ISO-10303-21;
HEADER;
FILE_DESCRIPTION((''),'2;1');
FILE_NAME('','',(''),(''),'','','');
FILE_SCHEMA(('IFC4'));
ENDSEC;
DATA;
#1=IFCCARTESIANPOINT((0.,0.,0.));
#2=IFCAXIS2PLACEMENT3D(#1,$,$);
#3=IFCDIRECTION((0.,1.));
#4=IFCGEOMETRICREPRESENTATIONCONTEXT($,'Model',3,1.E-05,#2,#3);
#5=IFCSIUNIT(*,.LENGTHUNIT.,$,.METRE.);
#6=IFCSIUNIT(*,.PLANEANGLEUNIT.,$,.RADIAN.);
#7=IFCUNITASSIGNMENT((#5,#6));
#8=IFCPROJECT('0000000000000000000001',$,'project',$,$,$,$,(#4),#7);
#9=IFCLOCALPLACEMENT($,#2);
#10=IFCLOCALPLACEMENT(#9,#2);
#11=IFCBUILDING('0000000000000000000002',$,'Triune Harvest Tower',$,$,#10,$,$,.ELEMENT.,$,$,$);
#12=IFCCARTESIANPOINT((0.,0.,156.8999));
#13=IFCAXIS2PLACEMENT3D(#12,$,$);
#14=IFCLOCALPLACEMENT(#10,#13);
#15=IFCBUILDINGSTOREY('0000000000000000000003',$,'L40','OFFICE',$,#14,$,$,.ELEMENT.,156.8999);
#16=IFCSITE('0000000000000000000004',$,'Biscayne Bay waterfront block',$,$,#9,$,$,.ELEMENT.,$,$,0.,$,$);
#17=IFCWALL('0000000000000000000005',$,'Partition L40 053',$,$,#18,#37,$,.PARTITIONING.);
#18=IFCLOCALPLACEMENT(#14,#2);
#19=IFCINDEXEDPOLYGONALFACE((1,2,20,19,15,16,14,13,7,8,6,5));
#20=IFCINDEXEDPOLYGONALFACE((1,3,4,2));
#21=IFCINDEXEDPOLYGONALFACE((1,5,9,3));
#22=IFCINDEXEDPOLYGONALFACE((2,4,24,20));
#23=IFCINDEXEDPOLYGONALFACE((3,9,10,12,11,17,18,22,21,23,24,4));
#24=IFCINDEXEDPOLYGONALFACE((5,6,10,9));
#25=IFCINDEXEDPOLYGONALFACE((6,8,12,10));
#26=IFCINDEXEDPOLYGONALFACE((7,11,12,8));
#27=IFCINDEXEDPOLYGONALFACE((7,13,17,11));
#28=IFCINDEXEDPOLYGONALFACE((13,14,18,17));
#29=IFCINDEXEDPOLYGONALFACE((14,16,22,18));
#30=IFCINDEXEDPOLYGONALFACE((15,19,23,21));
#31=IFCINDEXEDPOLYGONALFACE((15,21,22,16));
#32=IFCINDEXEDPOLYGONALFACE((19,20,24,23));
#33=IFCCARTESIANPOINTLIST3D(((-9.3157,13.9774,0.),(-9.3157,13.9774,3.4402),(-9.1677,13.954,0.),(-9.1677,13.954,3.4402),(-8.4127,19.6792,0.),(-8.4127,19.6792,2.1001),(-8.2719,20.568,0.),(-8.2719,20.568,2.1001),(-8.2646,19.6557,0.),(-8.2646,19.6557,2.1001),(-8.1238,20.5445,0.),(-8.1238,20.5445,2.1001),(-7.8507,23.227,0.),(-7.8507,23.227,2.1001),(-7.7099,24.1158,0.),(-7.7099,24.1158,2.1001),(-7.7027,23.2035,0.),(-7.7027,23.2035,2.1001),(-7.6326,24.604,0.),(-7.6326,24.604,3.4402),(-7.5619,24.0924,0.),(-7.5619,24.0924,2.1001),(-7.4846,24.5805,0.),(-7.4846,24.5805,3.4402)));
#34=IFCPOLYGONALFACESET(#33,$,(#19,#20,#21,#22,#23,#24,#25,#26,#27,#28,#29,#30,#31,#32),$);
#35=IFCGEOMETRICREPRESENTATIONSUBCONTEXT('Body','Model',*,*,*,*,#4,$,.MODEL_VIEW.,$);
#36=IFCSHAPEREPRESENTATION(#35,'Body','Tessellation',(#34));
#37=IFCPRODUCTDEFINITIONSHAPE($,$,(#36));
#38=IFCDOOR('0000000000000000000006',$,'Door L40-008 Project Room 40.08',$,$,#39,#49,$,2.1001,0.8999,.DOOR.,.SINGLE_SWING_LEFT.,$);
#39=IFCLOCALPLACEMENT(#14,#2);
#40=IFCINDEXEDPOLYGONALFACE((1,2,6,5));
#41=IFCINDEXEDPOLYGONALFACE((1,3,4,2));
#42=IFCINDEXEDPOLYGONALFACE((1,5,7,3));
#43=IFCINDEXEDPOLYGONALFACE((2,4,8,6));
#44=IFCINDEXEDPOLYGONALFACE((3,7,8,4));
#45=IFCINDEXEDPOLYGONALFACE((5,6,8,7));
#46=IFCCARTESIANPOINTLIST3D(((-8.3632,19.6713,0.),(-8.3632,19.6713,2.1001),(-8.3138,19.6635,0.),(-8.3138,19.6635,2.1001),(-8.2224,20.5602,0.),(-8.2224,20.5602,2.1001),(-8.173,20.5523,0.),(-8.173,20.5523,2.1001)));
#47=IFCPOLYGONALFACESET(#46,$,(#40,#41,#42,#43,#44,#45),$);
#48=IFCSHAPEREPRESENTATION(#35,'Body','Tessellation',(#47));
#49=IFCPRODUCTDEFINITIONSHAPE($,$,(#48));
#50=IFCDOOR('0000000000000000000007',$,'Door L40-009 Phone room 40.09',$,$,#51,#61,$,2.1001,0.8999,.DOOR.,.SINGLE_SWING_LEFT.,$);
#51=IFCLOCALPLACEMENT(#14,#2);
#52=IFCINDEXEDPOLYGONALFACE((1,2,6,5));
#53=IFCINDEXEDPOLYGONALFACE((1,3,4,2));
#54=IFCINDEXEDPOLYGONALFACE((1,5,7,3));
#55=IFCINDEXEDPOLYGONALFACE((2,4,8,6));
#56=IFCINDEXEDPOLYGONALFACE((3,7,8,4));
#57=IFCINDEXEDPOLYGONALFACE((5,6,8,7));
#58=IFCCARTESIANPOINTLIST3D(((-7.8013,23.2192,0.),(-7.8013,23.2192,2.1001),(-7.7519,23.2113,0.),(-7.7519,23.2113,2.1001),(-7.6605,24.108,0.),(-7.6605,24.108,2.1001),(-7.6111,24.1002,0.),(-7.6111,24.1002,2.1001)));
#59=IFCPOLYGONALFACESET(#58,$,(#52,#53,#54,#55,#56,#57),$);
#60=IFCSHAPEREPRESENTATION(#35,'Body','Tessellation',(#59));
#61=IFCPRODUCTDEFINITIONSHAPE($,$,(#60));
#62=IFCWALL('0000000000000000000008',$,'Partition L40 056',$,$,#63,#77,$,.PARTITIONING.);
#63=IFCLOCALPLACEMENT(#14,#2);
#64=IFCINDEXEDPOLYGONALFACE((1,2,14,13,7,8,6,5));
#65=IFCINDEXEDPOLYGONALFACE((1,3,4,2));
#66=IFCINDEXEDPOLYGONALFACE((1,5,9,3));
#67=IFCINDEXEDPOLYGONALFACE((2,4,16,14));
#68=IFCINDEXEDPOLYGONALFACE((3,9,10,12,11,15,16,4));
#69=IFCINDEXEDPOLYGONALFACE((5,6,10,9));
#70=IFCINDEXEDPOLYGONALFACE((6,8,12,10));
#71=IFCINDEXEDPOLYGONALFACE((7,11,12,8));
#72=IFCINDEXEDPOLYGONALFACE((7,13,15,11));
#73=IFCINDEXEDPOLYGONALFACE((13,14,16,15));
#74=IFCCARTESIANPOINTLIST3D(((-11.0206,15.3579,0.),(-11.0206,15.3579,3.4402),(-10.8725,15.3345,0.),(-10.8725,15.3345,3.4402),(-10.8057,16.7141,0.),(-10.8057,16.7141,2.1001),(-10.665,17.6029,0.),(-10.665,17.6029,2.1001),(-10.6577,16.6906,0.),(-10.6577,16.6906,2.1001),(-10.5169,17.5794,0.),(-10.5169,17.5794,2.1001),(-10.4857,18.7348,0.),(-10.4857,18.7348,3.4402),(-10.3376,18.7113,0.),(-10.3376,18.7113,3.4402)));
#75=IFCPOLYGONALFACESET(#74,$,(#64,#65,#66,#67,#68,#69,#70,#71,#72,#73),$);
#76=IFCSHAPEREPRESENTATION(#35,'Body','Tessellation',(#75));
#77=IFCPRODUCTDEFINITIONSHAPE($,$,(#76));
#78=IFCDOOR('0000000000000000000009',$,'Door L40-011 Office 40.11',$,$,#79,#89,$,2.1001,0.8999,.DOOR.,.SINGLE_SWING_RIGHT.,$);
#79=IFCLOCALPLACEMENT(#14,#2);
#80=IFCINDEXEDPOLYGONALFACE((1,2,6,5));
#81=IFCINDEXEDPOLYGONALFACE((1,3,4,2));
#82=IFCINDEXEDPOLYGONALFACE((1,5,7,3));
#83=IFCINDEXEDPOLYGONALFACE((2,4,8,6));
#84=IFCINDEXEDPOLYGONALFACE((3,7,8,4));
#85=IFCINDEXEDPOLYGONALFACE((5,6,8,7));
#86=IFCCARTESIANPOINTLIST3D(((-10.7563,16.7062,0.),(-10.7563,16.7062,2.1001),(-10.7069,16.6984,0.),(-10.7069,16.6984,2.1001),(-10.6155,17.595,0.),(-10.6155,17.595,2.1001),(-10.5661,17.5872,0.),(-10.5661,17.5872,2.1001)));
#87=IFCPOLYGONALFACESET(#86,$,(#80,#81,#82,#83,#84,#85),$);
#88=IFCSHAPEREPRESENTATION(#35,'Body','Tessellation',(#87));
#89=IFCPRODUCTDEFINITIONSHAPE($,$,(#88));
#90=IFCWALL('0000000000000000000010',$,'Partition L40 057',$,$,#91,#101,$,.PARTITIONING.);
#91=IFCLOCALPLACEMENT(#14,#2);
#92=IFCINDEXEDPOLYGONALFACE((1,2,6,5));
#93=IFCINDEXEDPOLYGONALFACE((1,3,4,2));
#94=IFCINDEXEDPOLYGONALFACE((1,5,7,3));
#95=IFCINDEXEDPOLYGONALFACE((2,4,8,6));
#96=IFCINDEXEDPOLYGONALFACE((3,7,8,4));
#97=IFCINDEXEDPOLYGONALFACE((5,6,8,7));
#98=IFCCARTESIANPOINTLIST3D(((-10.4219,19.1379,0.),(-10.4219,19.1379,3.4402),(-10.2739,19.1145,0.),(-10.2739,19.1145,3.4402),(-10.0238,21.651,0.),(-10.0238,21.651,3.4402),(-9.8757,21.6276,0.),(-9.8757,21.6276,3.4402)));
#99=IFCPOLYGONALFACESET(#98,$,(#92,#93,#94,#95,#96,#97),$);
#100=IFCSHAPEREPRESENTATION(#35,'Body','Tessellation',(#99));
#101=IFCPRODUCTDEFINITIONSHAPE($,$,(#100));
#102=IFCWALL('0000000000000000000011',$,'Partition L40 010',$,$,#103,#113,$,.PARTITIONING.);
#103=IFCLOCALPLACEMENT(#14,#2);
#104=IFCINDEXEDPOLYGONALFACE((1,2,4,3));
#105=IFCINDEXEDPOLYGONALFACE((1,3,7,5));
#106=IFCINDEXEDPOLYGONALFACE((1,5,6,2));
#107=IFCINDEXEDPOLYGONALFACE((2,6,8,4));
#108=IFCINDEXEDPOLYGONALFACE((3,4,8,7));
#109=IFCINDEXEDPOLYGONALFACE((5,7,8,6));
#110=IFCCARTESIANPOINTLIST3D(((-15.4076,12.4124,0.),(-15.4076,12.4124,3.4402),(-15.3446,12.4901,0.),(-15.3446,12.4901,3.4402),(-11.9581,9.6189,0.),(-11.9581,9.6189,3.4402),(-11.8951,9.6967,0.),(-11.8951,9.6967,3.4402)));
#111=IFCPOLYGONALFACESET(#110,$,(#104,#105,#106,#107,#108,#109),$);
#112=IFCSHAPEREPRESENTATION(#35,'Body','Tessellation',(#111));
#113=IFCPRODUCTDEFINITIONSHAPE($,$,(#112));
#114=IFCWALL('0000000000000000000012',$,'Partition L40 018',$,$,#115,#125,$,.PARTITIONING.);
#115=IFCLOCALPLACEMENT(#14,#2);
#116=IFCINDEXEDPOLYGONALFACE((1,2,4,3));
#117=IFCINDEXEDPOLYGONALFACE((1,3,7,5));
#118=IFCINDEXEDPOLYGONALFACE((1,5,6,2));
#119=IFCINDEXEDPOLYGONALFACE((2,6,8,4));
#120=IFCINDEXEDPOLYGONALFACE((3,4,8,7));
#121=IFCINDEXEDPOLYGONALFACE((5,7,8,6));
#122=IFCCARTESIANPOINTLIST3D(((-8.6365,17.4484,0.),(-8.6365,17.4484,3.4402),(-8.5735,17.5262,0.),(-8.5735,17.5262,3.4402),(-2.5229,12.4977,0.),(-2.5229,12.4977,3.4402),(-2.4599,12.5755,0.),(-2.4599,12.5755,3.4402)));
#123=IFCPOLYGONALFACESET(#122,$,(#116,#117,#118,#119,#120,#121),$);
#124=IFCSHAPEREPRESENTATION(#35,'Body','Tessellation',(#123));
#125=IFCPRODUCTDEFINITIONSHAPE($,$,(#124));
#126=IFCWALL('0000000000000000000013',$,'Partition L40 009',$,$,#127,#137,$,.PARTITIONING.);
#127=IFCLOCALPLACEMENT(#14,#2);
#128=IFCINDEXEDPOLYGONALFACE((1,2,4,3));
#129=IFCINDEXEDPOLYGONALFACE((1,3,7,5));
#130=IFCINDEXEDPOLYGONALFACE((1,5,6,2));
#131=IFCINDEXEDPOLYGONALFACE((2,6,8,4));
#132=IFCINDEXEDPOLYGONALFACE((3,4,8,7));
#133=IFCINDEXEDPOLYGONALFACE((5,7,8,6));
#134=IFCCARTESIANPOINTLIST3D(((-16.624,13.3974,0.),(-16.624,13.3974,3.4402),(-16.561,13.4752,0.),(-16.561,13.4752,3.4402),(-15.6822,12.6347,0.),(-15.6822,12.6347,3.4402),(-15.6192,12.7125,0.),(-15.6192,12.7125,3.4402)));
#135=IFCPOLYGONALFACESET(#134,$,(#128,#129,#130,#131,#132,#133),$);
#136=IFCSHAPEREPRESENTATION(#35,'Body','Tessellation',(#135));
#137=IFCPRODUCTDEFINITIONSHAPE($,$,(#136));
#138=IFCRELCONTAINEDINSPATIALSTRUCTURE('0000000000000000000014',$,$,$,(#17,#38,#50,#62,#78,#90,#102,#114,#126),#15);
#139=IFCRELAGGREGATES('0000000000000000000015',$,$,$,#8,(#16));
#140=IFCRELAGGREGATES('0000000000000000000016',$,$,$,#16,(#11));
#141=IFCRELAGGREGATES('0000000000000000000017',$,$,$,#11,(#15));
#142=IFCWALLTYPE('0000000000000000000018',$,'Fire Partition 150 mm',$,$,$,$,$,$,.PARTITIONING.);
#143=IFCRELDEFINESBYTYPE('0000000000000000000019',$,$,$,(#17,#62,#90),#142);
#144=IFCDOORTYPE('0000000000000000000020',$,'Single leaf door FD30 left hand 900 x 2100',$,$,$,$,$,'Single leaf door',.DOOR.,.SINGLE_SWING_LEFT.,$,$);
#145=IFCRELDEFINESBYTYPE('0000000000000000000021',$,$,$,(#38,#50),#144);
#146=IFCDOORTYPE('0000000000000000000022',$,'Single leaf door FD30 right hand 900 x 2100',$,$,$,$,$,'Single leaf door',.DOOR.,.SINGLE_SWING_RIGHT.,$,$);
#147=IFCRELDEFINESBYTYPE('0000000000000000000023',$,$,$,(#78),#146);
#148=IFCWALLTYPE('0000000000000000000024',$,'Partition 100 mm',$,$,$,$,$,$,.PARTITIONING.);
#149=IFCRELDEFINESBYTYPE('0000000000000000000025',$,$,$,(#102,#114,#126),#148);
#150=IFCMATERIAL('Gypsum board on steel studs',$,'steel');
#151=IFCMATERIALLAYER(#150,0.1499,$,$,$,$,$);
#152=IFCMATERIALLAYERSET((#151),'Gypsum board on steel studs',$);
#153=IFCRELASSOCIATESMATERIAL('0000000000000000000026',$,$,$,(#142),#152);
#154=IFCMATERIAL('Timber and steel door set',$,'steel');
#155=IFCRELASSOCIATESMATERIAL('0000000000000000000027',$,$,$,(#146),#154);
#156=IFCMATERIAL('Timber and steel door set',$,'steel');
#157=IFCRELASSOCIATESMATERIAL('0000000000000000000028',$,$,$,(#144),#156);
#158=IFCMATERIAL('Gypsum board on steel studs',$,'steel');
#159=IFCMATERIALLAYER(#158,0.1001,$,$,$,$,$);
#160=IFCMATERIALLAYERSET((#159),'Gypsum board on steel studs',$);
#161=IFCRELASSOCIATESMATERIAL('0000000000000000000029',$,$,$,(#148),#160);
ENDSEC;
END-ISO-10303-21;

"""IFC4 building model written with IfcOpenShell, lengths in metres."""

from ifc_helpers import new_model, si_unit, direction, frame, frame_2d, origin, place, context, subcontext, project, spatial, rectangle, extrude, source, transform, mapped, material, layer, layer_set, type_object, element, fill, save


model = new_model("IFC4")

# Units and contexts
model_context = context("Model", 3, precision=1e-05, world=origin(), true_north=direction((0.0, 1.0)))
body_context = subcontext(model_context, "Body", "Model", "MODEL_VIEW")
ifc_project = project(units=[si_unit("LENGTHUNIT", "METRE"), si_unit("PLANEANGLEUNIT", "RADIAN")], contexts=[model_context])

# Site, building, storey
site_placement = place(None, origin())
site = spatial("IfcSite", under=ifc_project, at=site_placement, Name="Biscayne Bay waterfront block", CompositionType="ELEMENT", RefElevation=0.0)
building_placement = place(site_placement, origin())
building = spatial("IfcBuilding", under=site, at=building_placement, Name="Triune Harvest Tower", CompositionType="ELEMENT")
storey_placement = place(building_placement, frame((0.0, 0.0, 156.8999)))
storey = spatial("IfcBuildingStorey", under=building, at=storey_placement, Name="L40", Description="OFFICE", CompositionType="ELEMENT", Elevation=156.8999)

# Shared definitions
ifc_material_1 = material(Name="Gypsum board on steel studs", Category="steel")
ifc_layer_1 = layer(ifc_material_1, 0.1499)
ifc_layer_set_1 = layer_set([ifc_layer_1], Name="Gypsum board on steel studs")
wall_type_1 = type_object("IfcWallType", Name="Fire Partition 150 mm", PredefinedType="PARTITIONING", material=ifc_layer_set_1)
ifc_material_2 = material(Name="Timber and steel door set", Category="steel")
door_type_1 = type_object("IfcDoorType", Name="Single leaf door FD30 right hand 900 x 2100", ElementType="Single leaf door", OperationType="SINGLE_SWING_RIGHT", PredefinedType="DOOR", material=ifc_material_2)

# Wall, openings, doors
ifc_material_3 = material(Name="Timber and steel door set", Category="steel")
door_type_2 = type_object("IfcDoorType", Name="Single leaf door FD30 left hand 900 x 2100", ElementType="Single leaf door", OperationType="SINGLE_SWING_LEFT", PredefinedType="DOOR", material=ifc_material_3)
wall_1_placement = place(storey_placement, frame((-9.2417, 13.9658, 0.0), z_axis=(0.0, 0.0, 1.0), x_axis=(0.156438, 0.987688, 0.0)))
wall_1 = element("IfcWall", 1, at=wall_1_placement, inside=storey, type_object=wall_type_1, Name="Partition L40 053", PredefinedType="PARTITIONING", context=body_context, shape_type="SweptSolid", body=[
    extrude(rectangle(XDim=10.759, YDim=0.1499, at=frame_2d((5.3794, 0.0))), origin(), (0.0, 0.0, 1.0), 3.4402),
])
opening_1_placement = place(wall_1_placement, frame((5.7727, 0.0, 0.0)))
opening_1 = element("IfcOpeningElement", 2, at=opening_1_placement, cuts=wall_1, PredefinedType="OPENING", context=body_context, shape_type="SweptSolid", body=[
    extrude(rectangle(XDim=0.8999, YDim=2.1001, at=frame_2d((0.45, 1.05))), frame((0.0, 0.085, 0.0), z_axis=(0.0, -1.0, 0.0), x_axis=(1.0, 0.0, 0.0)), (0.0, 0.0, 1.0), 0.1699),
])
opening_2_placement = place(wall_1_placement, frame((9.3647, 0.0, 0.0)))
opening_2 = element("IfcOpeningElement", 3, at=opening_2_placement, cuts=wall_1, PredefinedType="OPENING", context=body_context, shape_type="SweptSolid", body=[
    extrude(rectangle(XDim=0.8999, YDim=2.1001, at=frame_2d((0.45, 1.05))), frame((0.0, 0.085, 0.0), z_axis=(0.0, -1.0, 0.0), x_axis=(1.0, 0.0, 0.0)), (0.0, 0.0, 1.0), 0.1699),
])
door_1_placement = place(opening_1_placement, origin())
door_1 = element("IfcDoor", 4, at=door_1_placement, inside=storey, type_object=door_type_2, Name="Door L40-008 Project Room 40.08", OperationType="SINGLE_SWING_LEFT", OverallHeight=2.1001, OverallWidth=0.8999, PredefinedType="DOOR", context=body_context, shape_type="SweptSolid", body=[
    extrude(rectangle(XDim=0.8999, YDim=2.1001, at=frame_2d((0.45, 1.05))), frame((0.0, 0.0249, 0.0), z_axis=(0.0, -1.0, 0.0), x_axis=(1.0, 0.0, 0.0)), (0.0, 0.0, 1.0), 0.05),
])
fill(opening_1, door_1)
door_2_placement = place(opening_2_placement, origin())
door_2 = element("IfcDoor", 5, at=door_2_placement, inside=storey, type_object=door_type_2, Name="Door L40-009 Phone room 40.09", OperationType="SINGLE_SWING_LEFT", OverallHeight=2.1001, OverallWidth=0.8999, PredefinedType="DOOR", context=body_context, shape_type="SweptSolid", body=[
    extrude(rectangle(XDim=0.8999, YDim=2.1001, at=frame_2d((0.45, 1.05))), frame((0.0, 0.0249, 0.0), z_axis=(0.0, -1.0, 0.0), x_axis=(1.0, 0.0, 0.0)), (0.0, 0.0, 1.0), 0.05),
])
fill(opening_2, door_2)

# Wall, opening, door
wall_2_placement = place(storey_placement, frame((-10.9465, 15.3462, 0.0), z_axis=(0.0, 0.0, 1.0), x_axis=(0.15645, 0.987686, 0.0)))
wall_2 = element("IfcWall", 6, at=wall_2_placement, inside=storey, type_object=wall_type_1, Name="Partition L40 056", PredefinedType="PARTITIONING", context=body_context, shape_type="SweptSolid", body=[
    extrude(rectangle(XDim=3.4189, YDim=0.1499, at=frame_2d((1.7095, 0.0))), origin(), (0.0, 0.0, 1.0), 3.4402),
])
opening_3_placement = place(wall_2_placement, frame((1.373, 0.0, 0.0)))
opening_3 = element("IfcOpeningElement", 7, at=opening_3_placement, cuts=wall_2, PredefinedType="OPENING", context=body_context, shape_type="SweptSolid", body=[
    extrude(rectangle(XDim=0.8999, YDim=2.1001, at=frame_2d((0.45, 1.05))), frame((0.0, 0.085, 0.0), z_axis=(0.0, -1.0, 0.0), x_axis=(1.0, 0.0, 0.0)), (0.0, 0.0, 1.0), 0.1699),
])
door_3_placement = place(opening_3_placement, origin())
door_3 = element("IfcDoor", 8, at=door_3_placement, inside=storey, type_object=door_type_1, Name="Door L40-011 Office 40.11", OperationType="SINGLE_SWING_RIGHT", OverallHeight=2.1001, OverallWidth=0.8999, PredefinedType="DOOR", context=body_context, shape_type="SweptSolid", body=[
    extrude(rectangle(XDim=0.8999, YDim=2.1001, at=frame_2d((0.45, 1.05))), frame((0.0, 0.0249, 0.0), z_axis=(0.0, -1.0, 0.0), x_axis=(1.0, 0.0, 0.0)), (0.0, 0.0, 1.0), 0.05),
])
fill(opening_3, door_3)

# Walls
wall_3_placement = place(storey_placement, frame((-10.3479, 19.1262, 0.0), z_axis=(0.0, 0.0, 1.0), x_axis=(0.15649, 0.98768, 0.0)))
element("IfcWall", 9, at=wall_3_placement, inside=storey, type_object=wall_type_1, Name="Partition L40 057", PredefinedType="PARTITIONING", context=body_context, shape_type="SweptSolid", body=[
    extrude(rectangle(XDim=2.5444, YDim=0.1499, at=frame_2d((1.2722, 0.0))), origin(), (0.0, 0.0, 1.0), 3.4402),
])
ifc_material_4 = material(Name="Gypsum board on steel studs", Category="steel")
ifc_layer_2 = layer(ifc_material_4, 0.1001)
ifc_layer_set_2 = layer_set([ifc_layer_2], Name="Gypsum board on steel studs")
wall_type_2 = type_object("IfcWallType", Name="Partition 100 mm", PredefinedType="PARTITIONING", material=ifc_layer_set_2)
wall_4_placement = place(storey_placement, frame((-15.376, 12.4512, 0.0), z_axis=(0.0, 0.0, 1.0), x_axis=(0.777131, -0.629339, 0.0)))
element("IfcWall", 10, at=wall_4_placement, inside=storey, type_object=wall_type_2, Name="Partition L40 010", PredefinedType="PARTITIONING", context=body_context, shape_type="SweptSolid", body=[
    extrude(rectangle(XDim=4.4387, YDim=0.1001, at=frame_2d((2.2192, 0.0))), origin(), (0.0, 0.0, 1.0), 3.4402),
])
wall_5_placement = place(storey_placement, frame((-8.605, 17.4873, 0.0), z_axis=(0.0, 0.0, 1.0), x_axis=(0.777143, -0.629324, 0.0)))
element("IfcWall", 11, at=wall_5_placement, inside=storey, type_object=wall_type_2, Name="Partition L40 018", PredefinedType="PARTITIONING", context=body_context, shape_type="SweptSolid", body=[
    extrude(rectangle(XDim=7.8667, YDim=0.1001, at=frame_2d((3.9333, 0.0))), origin(), (0.0, 0.0, 1.0), 3.4402),
])
shared_shape_1 = source(origin(), body_context, "Body", "SweptSolid", [
    extrude(rectangle(XDim=1.2119, YDim=0.1001, at=frame_2d((0.606, 0.0))), origin(), (0.0, 0.0, 1.0), 3.4402),
])
wall_6_placement = place(storey_placement, frame((-16.5925, 13.4363, 0.0), z_axis=(0.0, 0.0, 1.0), x_axis=(0.77716, -0.629303, 0.0)))
element("IfcWall", 12, at=wall_6_placement, inside=storey, type_object=wall_type_2, Name="Partition L40 009", PredefinedType="PARTITIONING", context=body_context, shape_type="MappedRepresentation", body=[
    mapped(shared_shape_1, transform((0.0, 0.0, 0.0), scale=1.0)),
])

save(model, "model.ifc")
